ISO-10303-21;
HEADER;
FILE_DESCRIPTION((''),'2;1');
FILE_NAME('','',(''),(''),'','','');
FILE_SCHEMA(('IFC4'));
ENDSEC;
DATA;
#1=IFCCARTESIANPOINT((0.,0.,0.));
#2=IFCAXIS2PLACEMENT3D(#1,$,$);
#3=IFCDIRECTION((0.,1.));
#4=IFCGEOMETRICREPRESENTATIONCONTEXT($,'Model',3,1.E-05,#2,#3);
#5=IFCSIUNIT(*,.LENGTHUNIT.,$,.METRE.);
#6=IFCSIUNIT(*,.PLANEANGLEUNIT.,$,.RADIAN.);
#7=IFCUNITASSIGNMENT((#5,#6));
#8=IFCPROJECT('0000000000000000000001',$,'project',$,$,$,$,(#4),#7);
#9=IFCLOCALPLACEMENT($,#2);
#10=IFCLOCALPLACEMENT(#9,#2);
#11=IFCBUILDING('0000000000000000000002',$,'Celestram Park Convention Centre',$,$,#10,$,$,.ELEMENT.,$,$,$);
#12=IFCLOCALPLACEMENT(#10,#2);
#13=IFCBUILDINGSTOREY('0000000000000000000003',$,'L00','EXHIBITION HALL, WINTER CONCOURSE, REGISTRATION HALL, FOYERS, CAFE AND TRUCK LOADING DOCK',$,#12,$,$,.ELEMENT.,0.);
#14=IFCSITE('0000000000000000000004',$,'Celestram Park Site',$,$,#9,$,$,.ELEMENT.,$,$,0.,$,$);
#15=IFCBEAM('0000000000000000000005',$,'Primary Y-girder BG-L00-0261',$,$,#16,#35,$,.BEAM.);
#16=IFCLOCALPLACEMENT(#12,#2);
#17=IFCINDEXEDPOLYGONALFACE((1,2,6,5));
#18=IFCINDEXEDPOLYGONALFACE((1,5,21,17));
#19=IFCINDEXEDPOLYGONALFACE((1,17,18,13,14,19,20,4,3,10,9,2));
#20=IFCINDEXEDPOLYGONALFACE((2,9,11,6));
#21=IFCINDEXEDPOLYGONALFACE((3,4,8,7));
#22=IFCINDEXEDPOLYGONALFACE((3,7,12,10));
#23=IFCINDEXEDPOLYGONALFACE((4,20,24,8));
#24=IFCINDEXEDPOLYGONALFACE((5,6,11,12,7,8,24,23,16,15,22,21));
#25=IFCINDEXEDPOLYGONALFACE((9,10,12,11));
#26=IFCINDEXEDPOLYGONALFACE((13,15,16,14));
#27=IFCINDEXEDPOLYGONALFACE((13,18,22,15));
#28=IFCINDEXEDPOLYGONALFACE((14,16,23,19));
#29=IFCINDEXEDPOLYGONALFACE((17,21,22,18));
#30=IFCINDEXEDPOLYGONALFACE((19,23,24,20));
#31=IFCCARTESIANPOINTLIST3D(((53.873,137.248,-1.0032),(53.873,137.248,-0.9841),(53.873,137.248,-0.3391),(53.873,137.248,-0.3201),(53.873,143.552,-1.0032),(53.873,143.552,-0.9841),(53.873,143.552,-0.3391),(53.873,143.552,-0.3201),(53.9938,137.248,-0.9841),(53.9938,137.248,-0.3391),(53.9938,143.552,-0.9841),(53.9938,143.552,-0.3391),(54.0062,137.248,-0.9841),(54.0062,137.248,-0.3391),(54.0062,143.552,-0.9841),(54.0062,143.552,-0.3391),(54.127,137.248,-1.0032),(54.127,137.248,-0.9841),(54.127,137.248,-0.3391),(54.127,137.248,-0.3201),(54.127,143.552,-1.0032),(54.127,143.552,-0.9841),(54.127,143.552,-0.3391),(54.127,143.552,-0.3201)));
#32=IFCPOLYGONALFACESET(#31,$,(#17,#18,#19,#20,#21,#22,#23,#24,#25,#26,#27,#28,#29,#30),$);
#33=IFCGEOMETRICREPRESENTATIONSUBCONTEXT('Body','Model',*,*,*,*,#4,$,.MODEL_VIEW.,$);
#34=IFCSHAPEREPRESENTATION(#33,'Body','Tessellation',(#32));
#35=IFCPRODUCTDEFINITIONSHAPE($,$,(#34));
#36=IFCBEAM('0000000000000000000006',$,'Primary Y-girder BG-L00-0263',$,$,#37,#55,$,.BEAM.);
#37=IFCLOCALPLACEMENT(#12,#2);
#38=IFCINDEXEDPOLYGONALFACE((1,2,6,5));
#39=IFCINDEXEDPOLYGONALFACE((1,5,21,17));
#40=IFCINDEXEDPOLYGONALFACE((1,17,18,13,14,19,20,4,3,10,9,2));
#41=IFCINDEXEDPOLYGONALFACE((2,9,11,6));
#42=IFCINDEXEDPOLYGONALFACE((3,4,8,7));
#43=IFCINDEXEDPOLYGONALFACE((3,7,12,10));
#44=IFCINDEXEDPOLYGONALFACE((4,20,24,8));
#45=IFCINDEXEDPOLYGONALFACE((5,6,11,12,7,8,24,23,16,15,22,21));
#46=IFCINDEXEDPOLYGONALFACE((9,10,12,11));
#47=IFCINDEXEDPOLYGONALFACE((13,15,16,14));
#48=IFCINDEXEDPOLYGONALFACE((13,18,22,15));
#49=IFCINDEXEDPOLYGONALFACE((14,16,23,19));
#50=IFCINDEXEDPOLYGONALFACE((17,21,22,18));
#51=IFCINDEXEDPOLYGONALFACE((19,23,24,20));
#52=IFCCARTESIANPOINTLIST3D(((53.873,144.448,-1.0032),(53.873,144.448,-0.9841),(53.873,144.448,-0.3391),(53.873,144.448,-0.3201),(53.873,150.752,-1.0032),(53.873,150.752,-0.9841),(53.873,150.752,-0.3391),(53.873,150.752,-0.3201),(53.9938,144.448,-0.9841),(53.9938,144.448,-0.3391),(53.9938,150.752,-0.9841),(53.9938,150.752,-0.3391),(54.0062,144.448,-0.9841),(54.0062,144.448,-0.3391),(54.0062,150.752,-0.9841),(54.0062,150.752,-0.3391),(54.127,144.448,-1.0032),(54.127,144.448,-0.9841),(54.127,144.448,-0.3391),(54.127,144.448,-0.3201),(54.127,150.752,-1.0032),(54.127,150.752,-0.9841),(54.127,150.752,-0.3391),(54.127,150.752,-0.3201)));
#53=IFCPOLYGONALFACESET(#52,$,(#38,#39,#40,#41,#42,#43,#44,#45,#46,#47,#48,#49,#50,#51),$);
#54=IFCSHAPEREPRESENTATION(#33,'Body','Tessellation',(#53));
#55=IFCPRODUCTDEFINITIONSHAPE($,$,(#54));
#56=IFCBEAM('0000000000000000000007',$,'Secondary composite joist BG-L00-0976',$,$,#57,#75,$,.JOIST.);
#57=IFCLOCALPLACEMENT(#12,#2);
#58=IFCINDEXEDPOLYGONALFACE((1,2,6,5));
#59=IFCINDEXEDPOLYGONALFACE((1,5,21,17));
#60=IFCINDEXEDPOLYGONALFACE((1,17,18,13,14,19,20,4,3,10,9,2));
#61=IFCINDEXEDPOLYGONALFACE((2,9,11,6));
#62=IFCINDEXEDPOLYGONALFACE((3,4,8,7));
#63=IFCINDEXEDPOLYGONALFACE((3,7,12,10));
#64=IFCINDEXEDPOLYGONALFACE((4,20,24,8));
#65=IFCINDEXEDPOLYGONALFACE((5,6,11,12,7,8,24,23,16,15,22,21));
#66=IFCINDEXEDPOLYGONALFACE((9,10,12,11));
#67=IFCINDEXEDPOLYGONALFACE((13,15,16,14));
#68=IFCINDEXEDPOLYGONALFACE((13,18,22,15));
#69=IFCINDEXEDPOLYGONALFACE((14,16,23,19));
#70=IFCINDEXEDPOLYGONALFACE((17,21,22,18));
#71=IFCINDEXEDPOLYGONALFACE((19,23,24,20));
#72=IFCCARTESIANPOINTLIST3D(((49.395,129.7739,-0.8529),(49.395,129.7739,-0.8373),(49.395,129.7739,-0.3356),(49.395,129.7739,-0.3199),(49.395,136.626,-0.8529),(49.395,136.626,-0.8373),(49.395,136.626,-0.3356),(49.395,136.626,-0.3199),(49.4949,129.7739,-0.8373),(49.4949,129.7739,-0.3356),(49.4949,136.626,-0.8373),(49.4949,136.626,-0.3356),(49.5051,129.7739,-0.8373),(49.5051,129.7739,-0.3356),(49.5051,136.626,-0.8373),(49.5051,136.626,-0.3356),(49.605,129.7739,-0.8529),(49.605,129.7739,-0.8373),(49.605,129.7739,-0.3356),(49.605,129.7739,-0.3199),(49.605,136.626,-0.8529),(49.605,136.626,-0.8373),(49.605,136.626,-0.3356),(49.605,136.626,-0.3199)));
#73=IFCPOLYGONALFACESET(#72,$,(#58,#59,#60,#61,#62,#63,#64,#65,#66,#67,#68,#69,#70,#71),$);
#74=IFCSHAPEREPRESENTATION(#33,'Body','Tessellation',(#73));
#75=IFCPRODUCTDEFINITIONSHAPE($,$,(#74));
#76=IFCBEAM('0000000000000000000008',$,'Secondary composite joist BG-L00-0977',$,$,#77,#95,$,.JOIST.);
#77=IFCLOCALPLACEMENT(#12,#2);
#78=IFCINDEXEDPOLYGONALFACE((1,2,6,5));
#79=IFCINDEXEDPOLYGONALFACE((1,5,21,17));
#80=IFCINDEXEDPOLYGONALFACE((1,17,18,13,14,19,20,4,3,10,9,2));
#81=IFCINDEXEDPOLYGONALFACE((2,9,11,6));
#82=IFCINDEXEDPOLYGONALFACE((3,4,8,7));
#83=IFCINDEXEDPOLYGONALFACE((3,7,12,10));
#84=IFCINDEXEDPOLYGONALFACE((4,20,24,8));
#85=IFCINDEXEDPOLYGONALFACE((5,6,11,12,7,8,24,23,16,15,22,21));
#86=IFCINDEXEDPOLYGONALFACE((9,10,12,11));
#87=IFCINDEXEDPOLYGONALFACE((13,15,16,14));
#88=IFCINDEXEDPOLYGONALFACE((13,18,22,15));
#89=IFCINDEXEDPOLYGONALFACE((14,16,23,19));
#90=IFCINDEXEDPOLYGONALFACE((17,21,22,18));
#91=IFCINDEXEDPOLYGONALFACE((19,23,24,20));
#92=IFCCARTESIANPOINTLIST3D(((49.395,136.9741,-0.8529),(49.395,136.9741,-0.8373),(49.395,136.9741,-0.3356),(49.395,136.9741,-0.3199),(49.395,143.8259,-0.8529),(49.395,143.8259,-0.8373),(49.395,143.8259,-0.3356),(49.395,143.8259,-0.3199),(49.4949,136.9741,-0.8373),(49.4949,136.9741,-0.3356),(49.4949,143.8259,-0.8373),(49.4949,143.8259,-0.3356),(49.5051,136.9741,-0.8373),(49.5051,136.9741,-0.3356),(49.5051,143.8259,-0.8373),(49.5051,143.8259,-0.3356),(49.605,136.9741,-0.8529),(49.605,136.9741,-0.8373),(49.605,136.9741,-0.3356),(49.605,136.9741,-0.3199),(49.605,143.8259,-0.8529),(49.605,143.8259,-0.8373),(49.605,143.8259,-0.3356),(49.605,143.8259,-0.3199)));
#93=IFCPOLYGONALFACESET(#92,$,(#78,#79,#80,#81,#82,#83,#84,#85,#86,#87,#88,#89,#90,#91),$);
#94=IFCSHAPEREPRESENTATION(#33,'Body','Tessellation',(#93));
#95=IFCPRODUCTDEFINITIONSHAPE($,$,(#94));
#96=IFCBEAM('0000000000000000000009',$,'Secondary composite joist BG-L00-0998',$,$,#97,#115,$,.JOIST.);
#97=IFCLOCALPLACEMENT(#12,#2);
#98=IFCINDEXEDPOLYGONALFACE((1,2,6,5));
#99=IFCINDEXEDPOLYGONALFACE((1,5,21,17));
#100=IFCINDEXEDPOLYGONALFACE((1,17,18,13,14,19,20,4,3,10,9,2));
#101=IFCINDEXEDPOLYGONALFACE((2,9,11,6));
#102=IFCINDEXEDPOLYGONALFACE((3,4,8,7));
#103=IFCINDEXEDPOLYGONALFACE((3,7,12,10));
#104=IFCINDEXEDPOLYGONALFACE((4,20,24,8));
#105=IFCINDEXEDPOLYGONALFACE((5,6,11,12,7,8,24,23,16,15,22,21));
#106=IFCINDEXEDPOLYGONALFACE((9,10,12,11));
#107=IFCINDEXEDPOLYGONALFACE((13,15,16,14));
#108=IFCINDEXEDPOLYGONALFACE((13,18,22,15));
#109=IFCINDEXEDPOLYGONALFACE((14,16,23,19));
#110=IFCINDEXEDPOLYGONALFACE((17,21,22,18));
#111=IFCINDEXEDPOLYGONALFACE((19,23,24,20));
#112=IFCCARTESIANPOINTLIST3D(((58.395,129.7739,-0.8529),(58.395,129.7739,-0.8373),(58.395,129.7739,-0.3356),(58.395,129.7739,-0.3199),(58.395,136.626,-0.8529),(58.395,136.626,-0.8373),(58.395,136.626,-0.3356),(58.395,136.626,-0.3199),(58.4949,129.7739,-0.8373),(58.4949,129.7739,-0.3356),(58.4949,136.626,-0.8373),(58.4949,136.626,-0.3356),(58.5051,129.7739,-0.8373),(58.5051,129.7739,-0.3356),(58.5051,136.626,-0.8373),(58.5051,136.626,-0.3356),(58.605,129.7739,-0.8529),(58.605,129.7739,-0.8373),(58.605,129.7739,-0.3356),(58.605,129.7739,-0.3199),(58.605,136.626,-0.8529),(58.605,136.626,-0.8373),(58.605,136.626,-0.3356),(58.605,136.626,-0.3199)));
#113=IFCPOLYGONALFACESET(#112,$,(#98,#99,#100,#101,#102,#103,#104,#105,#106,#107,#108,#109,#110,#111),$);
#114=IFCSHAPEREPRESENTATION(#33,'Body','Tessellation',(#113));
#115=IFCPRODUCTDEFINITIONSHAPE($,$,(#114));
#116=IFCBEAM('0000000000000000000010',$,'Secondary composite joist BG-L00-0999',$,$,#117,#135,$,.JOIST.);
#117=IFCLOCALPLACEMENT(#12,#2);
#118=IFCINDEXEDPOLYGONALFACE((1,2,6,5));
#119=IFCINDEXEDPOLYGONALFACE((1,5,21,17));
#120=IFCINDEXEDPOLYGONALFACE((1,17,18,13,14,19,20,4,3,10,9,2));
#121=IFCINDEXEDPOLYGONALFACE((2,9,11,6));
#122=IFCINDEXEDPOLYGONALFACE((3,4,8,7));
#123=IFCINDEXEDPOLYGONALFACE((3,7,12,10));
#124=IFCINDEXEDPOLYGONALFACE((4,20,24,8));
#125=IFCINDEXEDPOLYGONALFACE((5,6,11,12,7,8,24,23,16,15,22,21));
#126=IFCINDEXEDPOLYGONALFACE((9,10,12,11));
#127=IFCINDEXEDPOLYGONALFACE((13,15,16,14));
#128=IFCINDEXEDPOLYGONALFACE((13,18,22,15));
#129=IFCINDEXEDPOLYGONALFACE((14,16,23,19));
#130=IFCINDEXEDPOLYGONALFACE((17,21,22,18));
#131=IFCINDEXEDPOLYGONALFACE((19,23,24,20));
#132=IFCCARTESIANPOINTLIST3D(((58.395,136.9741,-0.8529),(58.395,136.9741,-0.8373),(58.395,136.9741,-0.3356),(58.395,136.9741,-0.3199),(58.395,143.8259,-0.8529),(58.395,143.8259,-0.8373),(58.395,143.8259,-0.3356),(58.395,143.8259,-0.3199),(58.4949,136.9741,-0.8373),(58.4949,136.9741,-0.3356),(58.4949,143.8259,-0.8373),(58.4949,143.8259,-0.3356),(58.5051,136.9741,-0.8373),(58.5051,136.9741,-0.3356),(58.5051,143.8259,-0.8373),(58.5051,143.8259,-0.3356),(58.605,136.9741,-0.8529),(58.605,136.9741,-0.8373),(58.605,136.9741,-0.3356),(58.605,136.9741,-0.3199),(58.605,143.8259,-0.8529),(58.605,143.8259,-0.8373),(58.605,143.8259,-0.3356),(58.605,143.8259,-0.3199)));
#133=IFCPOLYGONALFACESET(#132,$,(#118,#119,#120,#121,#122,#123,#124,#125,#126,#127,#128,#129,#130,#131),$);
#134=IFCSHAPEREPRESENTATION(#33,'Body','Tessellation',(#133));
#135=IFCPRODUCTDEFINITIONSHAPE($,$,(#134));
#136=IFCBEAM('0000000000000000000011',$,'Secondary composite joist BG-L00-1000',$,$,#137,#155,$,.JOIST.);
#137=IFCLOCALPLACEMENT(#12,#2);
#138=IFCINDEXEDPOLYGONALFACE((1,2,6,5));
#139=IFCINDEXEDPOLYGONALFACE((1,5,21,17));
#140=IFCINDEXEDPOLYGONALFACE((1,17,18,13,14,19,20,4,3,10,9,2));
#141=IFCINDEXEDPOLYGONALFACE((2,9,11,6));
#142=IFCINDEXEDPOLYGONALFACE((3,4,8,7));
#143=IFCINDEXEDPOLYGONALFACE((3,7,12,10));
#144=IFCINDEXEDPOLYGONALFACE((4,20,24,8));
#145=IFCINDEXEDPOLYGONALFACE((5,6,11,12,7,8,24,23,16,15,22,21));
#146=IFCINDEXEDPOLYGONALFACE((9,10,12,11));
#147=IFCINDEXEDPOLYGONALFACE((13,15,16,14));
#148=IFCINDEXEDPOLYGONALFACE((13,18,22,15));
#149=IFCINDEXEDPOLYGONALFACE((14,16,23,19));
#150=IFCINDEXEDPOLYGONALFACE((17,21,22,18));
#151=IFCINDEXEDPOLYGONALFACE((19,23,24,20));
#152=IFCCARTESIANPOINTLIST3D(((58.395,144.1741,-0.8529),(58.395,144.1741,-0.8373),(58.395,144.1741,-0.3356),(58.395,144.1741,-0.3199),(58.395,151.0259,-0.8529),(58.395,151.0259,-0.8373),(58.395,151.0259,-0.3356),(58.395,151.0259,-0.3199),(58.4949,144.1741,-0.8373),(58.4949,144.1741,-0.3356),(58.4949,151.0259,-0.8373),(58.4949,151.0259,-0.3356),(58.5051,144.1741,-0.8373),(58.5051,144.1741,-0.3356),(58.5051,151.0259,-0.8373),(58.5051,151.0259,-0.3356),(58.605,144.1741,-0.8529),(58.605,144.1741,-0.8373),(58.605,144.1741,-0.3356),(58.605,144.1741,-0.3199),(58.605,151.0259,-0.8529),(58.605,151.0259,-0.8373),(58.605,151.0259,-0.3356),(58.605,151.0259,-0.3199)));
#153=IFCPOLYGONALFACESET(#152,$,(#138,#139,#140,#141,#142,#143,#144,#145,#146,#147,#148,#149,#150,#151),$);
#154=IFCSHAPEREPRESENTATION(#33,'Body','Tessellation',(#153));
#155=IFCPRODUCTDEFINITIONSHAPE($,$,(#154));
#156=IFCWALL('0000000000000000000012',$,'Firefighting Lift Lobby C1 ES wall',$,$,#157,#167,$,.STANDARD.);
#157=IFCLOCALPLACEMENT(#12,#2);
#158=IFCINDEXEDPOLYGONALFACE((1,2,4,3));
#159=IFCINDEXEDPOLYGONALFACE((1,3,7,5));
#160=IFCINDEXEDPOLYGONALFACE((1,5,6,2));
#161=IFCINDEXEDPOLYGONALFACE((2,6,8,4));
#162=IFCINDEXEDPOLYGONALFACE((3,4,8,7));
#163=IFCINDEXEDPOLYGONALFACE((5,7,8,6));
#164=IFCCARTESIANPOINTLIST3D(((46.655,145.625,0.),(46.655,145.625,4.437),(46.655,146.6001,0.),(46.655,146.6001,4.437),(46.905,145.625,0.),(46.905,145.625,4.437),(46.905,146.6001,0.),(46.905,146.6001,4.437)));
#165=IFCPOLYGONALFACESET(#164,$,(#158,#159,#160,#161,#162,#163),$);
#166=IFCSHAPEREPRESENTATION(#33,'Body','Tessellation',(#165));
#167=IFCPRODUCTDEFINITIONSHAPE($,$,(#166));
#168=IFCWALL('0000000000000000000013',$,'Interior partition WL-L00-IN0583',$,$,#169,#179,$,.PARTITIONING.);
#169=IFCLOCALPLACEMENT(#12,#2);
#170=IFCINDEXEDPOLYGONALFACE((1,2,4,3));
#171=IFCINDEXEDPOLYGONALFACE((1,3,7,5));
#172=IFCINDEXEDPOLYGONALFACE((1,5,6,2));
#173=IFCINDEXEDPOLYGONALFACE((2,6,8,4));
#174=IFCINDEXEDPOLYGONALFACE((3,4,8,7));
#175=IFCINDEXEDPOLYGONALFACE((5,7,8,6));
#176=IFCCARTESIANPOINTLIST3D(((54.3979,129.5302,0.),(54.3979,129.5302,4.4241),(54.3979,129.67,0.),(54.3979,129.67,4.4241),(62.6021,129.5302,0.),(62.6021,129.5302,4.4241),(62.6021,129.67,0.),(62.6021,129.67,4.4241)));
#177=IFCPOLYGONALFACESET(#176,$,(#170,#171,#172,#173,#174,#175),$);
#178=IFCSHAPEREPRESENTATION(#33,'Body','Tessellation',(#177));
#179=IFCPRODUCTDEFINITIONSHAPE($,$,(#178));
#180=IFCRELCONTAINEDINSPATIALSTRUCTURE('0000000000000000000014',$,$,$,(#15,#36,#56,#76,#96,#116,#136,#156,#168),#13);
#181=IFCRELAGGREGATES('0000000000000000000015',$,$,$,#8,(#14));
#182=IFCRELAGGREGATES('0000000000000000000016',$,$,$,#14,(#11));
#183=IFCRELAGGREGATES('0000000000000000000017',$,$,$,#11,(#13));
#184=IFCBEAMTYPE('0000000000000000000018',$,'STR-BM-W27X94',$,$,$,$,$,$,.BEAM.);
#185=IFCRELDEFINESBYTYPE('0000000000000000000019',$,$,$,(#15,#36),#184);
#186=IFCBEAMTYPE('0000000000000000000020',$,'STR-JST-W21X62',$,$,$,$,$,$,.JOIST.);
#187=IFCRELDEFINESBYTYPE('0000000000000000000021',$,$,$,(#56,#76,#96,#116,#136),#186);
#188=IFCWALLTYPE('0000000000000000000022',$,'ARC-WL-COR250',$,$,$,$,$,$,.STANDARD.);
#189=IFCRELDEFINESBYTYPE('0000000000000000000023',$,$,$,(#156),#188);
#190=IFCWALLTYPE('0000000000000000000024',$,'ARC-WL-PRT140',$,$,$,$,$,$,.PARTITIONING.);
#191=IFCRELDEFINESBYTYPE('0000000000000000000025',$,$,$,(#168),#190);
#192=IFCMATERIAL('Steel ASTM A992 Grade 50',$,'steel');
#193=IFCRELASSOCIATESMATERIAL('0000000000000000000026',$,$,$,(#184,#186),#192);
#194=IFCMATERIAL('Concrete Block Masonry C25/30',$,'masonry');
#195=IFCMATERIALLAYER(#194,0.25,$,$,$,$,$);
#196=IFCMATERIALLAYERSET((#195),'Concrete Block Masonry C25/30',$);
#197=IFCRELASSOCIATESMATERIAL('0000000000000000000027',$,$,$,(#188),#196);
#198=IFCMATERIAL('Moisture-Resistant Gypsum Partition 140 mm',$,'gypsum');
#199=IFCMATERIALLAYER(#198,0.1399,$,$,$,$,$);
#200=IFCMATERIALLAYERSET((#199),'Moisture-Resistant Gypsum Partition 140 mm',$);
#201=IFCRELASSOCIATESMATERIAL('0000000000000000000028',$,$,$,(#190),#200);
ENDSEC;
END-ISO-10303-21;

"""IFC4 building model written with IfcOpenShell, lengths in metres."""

from ifc_helpers import new_model, si_unit, direction, frame, frame_2d, origin, origin_2d, place, context, subcontext, project, spatial, rectangle, i_section, extrude, material, layer, layer_set, material_profile, profile_set, type_object, element, save


model = new_model("IFC4")

# Units and contexts
model_context = context("Model", 3, precision=1e-05, world=origin(), true_north=direction((0.0, 1.0)))
body_context = subcontext(model_context, "Body", "Model", "MODEL_VIEW")
ifc_project = project(units=[si_unit("LENGTHUNIT", "METRE"), si_unit("PLANEANGLEUNIT", "RADIAN")], contexts=[model_context])

# Site, building, storey
site_placement = place(None, origin())
site = spatial("IfcSite", under=ifc_project, at=site_placement, Name="Celestram Park Site", CompositionType="ELEMENT", RefElevation=0.0)
building_placement = place(site_placement, origin())
building = spatial("IfcBuilding", under=site, at=building_placement, Name="Celestram Park Convention Centre", CompositionType="ELEMENT")
storey_placement = place(building_placement, origin())
storey = spatial("IfcBuildingStorey", under=building, at=storey_placement, Name="L00", Description="EXHIBITION HALL, WINTER CONCOURSE, REGISTRATION HALL, FOYERS, CAFE AND TRUCK LOADING DOCK", CompositionType="ELEMENT", Elevation=0.0)

# Beams
ifc_material_1 = material(Name="Steel ASTM A992 Grade 50", Category="steel")
ifc_material_profile_1 = material_profile(ifc_material_1, i_section(OverallWidth=0.2539, OverallDepth=0.6831, WebThickness=0.0125, FlangeThickness=0.019, at=origin_2d()), Name="W27X94")
ifc_profile_set_1 = profile_set([ifc_material_profile_1], Name="Steel ASTM A992 Grade 50")
beam_type_1 = type_object("IfcBeamType", Name="STR-BM-W27X94", PredefinedType="BEAM", material=ifc_profile_set_1)
for number, where, z_axis, x_axis, name in (
    (1, (54.0, 137.248, -0.6616), (0.0, 1.0, 0.0), (-1.0, 0.0, 0.0), "Primary Y-girder BG-L00-0261"),
    (2, (54.0, 144.448, -0.6616), (0.0, 1.0, 0.0), (-1.0, 0.0, 0.0), "Primary Y-girder BG-L00-0263"),
):
    element("IfcBeam", number, at=place(storey_placement, frame(where, z_axis=z_axis, x_axis=x_axis)), inside=storey, type_object=beam_type_1, Name=name, PredefinedType="BEAM", context=body_context, shape_type="SweptSolid", body=[
        extrude(i_section(OverallWidth=0.2539, OverallDepth=0.6831, WebThickness=0.0125, FlangeThickness=0.019, at=origin_2d()), origin(), (0.0, 0.0, 1.0), 6.304),
    ])
ifc_material_profile_2 = material_profile(ifc_material_1, i_section(OverallWidth=0.21, OverallDepth=0.533, WebThickness=0.0103, FlangeThickness=0.0156, at=origin_2d()), Name="W21X62")
ifc_profile_set_2 = profile_set([ifc_material_profile_2], Name="Steel ASTM A992 Grade 50")
beam_type_2 = type_object("IfcBeamType", Name="STR-JST-W21X62", PredefinedType="JOIST", material=ifc_profile_set_2)
beam_1_placement = place(storey_placement, frame((49.5, 129.7739, -0.5864), z_axis=(0.0, 1.0, 0.0), x_axis=(-1.0, 0.0, 0.0)))
element("IfcBeam", 3, at=beam_1_placement, inside=storey, type_object=beam_type_2, Name="Secondary composite joist BG-L00-0976", PredefinedType="JOIST", context=body_context, shape_type="SweptSolid", body=[
    extrude(i_section(OverallWidth=0.21, OverallDepth=0.533, WebThickness=0.0103, FlangeThickness=0.0156, at=origin_2d()), origin(), (0.0, 0.0, 1.0), 6.8521),
])
beam_2_placement = place(storey_placement, frame((49.5, 136.9741, -0.5864), z_axis=(0.0, 1.0, 0.0), x_axis=(-1.0, 0.0, 0.0)))
element("IfcBeam", 4, at=beam_2_placement, inside=storey, type_object=beam_type_2, Name="Secondary composite joist BG-L00-0977", PredefinedType="JOIST", context=body_context, shape_type="SweptSolid", body=[
    extrude(i_section(OverallWidth=0.21, OverallDepth=0.533, WebThickness=0.0103, FlangeThickness=0.0156, at=origin_2d()), origin(), (0.0, 0.0, 1.0), 6.8518),
])
beam_3_placement = place(storey_placement, frame((58.5, 129.7739, -0.5864), z_axis=(0.0, 1.0, 0.0), x_axis=(-1.0, 0.0, 0.0)))
element("IfcBeam", 5, at=beam_3_placement, inside=storey, type_object=beam_type_2, Name="Secondary composite joist BG-L00-0998", PredefinedType="JOIST", context=body_context, shape_type="SweptSolid", body=[
    extrude(i_section(OverallWidth=0.21, OverallDepth=0.533, WebThickness=0.0103, FlangeThickness=0.0156, at=origin_2d()), origin(), (0.0, 0.0, 1.0), 6.8521),
])
for number, where, z_axis, x_axis, name in (
    (6, (58.5, 136.9741, -0.5864), (0.0, 1.0, 0.0), (-1.0, 0.0, 0.0), "Secondary composite joist BG-L00-0999"),
    (7, (58.5, 144.1741, -0.5864), (0.0, 1.0, 0.0), (-1.0, 0.0, 0.0), "Secondary composite joist BG-L00-1000"),
):
    element("IfcBeam", number, at=place(storey_placement, frame(where, z_axis=z_axis, x_axis=x_axis)), inside=storey, type_object=beam_type_2, Name=name, PredefinedType="JOIST", context=body_context, shape_type="SweptSolid", body=[
        extrude(i_section(OverallWidth=0.21, OverallDepth=0.533, WebThickness=0.0103, FlangeThickness=0.0156, at=origin_2d()), origin(), (0.0, 0.0, 1.0), 6.8518),
    ])

# Walls
ifc_material_2 = material(Name="Concrete Block Masonry C25/30", Category="masonry")
ifc_layer_1 = layer(ifc_material_2, 0.25)
ifc_layer_set_1 = layer_set([ifc_layer_1], Name="Concrete Block Masonry C25/30")
wall_type_1 = type_object("IfcWallType", Name="ARC-WL-COR250", PredefinedType="STANDARD", material=ifc_layer_set_1)
wall_1_placement = place(storey_placement, frame((46.78, 145.625, 0.0), z_axis=(0.0, 0.0, 1.0), x_axis=(0.0, 1.0, 0.0)))
element("IfcWall", 8, at=wall_1_placement, inside=storey, type_object=wall_type_1, Name="Firefighting Lift Lobby C1 ES wall", PredefinedType="STANDARD", context=body_context, shape_type="SweptSolid", body=[
    extrude(rectangle(XDim=0.9751, YDim=0.25, at=frame_2d((0.4875, 0.0))), origin(), (0.0, 0.0, 1.0), 4.437),
])
ifc_material_3 = material(Name="Moisture-Resistant Gypsum Partition 140 mm", Category="gypsum")
ifc_layer_2 = layer(ifc_material_3, 0.1399)
ifc_layer_set_2 = layer_set([ifc_layer_2], Name="Moisture-Resistant Gypsum Partition 140 mm")
wall_type_2 = type_object("IfcWallType", Name="ARC-WL-PRT140", PredefinedType="PARTITIONING", material=ifc_layer_set_2)
wall_2_placement = place(storey_placement, frame((54.3979, 129.6001, 0.0), z_axis=(0.0, 0.0, 1.0), x_axis=(1.0, 0.0, 0.0)))
element("IfcWall", 9, at=wall_2_placement, inside=storey, type_object=wall_type_2, Name="Interior partition WL-L00-IN0583", PredefinedType="PARTITIONING", context=body_context, shape_type="SweptSolid", body=[
    extrude(rectangle(XDim=8.2041, YDim=0.1399, at=frame_2d((4.1021, 0.0))), origin(), (0.0, 0.0, 1.0), 4.4241),
])

save(model, "model.ifc")
